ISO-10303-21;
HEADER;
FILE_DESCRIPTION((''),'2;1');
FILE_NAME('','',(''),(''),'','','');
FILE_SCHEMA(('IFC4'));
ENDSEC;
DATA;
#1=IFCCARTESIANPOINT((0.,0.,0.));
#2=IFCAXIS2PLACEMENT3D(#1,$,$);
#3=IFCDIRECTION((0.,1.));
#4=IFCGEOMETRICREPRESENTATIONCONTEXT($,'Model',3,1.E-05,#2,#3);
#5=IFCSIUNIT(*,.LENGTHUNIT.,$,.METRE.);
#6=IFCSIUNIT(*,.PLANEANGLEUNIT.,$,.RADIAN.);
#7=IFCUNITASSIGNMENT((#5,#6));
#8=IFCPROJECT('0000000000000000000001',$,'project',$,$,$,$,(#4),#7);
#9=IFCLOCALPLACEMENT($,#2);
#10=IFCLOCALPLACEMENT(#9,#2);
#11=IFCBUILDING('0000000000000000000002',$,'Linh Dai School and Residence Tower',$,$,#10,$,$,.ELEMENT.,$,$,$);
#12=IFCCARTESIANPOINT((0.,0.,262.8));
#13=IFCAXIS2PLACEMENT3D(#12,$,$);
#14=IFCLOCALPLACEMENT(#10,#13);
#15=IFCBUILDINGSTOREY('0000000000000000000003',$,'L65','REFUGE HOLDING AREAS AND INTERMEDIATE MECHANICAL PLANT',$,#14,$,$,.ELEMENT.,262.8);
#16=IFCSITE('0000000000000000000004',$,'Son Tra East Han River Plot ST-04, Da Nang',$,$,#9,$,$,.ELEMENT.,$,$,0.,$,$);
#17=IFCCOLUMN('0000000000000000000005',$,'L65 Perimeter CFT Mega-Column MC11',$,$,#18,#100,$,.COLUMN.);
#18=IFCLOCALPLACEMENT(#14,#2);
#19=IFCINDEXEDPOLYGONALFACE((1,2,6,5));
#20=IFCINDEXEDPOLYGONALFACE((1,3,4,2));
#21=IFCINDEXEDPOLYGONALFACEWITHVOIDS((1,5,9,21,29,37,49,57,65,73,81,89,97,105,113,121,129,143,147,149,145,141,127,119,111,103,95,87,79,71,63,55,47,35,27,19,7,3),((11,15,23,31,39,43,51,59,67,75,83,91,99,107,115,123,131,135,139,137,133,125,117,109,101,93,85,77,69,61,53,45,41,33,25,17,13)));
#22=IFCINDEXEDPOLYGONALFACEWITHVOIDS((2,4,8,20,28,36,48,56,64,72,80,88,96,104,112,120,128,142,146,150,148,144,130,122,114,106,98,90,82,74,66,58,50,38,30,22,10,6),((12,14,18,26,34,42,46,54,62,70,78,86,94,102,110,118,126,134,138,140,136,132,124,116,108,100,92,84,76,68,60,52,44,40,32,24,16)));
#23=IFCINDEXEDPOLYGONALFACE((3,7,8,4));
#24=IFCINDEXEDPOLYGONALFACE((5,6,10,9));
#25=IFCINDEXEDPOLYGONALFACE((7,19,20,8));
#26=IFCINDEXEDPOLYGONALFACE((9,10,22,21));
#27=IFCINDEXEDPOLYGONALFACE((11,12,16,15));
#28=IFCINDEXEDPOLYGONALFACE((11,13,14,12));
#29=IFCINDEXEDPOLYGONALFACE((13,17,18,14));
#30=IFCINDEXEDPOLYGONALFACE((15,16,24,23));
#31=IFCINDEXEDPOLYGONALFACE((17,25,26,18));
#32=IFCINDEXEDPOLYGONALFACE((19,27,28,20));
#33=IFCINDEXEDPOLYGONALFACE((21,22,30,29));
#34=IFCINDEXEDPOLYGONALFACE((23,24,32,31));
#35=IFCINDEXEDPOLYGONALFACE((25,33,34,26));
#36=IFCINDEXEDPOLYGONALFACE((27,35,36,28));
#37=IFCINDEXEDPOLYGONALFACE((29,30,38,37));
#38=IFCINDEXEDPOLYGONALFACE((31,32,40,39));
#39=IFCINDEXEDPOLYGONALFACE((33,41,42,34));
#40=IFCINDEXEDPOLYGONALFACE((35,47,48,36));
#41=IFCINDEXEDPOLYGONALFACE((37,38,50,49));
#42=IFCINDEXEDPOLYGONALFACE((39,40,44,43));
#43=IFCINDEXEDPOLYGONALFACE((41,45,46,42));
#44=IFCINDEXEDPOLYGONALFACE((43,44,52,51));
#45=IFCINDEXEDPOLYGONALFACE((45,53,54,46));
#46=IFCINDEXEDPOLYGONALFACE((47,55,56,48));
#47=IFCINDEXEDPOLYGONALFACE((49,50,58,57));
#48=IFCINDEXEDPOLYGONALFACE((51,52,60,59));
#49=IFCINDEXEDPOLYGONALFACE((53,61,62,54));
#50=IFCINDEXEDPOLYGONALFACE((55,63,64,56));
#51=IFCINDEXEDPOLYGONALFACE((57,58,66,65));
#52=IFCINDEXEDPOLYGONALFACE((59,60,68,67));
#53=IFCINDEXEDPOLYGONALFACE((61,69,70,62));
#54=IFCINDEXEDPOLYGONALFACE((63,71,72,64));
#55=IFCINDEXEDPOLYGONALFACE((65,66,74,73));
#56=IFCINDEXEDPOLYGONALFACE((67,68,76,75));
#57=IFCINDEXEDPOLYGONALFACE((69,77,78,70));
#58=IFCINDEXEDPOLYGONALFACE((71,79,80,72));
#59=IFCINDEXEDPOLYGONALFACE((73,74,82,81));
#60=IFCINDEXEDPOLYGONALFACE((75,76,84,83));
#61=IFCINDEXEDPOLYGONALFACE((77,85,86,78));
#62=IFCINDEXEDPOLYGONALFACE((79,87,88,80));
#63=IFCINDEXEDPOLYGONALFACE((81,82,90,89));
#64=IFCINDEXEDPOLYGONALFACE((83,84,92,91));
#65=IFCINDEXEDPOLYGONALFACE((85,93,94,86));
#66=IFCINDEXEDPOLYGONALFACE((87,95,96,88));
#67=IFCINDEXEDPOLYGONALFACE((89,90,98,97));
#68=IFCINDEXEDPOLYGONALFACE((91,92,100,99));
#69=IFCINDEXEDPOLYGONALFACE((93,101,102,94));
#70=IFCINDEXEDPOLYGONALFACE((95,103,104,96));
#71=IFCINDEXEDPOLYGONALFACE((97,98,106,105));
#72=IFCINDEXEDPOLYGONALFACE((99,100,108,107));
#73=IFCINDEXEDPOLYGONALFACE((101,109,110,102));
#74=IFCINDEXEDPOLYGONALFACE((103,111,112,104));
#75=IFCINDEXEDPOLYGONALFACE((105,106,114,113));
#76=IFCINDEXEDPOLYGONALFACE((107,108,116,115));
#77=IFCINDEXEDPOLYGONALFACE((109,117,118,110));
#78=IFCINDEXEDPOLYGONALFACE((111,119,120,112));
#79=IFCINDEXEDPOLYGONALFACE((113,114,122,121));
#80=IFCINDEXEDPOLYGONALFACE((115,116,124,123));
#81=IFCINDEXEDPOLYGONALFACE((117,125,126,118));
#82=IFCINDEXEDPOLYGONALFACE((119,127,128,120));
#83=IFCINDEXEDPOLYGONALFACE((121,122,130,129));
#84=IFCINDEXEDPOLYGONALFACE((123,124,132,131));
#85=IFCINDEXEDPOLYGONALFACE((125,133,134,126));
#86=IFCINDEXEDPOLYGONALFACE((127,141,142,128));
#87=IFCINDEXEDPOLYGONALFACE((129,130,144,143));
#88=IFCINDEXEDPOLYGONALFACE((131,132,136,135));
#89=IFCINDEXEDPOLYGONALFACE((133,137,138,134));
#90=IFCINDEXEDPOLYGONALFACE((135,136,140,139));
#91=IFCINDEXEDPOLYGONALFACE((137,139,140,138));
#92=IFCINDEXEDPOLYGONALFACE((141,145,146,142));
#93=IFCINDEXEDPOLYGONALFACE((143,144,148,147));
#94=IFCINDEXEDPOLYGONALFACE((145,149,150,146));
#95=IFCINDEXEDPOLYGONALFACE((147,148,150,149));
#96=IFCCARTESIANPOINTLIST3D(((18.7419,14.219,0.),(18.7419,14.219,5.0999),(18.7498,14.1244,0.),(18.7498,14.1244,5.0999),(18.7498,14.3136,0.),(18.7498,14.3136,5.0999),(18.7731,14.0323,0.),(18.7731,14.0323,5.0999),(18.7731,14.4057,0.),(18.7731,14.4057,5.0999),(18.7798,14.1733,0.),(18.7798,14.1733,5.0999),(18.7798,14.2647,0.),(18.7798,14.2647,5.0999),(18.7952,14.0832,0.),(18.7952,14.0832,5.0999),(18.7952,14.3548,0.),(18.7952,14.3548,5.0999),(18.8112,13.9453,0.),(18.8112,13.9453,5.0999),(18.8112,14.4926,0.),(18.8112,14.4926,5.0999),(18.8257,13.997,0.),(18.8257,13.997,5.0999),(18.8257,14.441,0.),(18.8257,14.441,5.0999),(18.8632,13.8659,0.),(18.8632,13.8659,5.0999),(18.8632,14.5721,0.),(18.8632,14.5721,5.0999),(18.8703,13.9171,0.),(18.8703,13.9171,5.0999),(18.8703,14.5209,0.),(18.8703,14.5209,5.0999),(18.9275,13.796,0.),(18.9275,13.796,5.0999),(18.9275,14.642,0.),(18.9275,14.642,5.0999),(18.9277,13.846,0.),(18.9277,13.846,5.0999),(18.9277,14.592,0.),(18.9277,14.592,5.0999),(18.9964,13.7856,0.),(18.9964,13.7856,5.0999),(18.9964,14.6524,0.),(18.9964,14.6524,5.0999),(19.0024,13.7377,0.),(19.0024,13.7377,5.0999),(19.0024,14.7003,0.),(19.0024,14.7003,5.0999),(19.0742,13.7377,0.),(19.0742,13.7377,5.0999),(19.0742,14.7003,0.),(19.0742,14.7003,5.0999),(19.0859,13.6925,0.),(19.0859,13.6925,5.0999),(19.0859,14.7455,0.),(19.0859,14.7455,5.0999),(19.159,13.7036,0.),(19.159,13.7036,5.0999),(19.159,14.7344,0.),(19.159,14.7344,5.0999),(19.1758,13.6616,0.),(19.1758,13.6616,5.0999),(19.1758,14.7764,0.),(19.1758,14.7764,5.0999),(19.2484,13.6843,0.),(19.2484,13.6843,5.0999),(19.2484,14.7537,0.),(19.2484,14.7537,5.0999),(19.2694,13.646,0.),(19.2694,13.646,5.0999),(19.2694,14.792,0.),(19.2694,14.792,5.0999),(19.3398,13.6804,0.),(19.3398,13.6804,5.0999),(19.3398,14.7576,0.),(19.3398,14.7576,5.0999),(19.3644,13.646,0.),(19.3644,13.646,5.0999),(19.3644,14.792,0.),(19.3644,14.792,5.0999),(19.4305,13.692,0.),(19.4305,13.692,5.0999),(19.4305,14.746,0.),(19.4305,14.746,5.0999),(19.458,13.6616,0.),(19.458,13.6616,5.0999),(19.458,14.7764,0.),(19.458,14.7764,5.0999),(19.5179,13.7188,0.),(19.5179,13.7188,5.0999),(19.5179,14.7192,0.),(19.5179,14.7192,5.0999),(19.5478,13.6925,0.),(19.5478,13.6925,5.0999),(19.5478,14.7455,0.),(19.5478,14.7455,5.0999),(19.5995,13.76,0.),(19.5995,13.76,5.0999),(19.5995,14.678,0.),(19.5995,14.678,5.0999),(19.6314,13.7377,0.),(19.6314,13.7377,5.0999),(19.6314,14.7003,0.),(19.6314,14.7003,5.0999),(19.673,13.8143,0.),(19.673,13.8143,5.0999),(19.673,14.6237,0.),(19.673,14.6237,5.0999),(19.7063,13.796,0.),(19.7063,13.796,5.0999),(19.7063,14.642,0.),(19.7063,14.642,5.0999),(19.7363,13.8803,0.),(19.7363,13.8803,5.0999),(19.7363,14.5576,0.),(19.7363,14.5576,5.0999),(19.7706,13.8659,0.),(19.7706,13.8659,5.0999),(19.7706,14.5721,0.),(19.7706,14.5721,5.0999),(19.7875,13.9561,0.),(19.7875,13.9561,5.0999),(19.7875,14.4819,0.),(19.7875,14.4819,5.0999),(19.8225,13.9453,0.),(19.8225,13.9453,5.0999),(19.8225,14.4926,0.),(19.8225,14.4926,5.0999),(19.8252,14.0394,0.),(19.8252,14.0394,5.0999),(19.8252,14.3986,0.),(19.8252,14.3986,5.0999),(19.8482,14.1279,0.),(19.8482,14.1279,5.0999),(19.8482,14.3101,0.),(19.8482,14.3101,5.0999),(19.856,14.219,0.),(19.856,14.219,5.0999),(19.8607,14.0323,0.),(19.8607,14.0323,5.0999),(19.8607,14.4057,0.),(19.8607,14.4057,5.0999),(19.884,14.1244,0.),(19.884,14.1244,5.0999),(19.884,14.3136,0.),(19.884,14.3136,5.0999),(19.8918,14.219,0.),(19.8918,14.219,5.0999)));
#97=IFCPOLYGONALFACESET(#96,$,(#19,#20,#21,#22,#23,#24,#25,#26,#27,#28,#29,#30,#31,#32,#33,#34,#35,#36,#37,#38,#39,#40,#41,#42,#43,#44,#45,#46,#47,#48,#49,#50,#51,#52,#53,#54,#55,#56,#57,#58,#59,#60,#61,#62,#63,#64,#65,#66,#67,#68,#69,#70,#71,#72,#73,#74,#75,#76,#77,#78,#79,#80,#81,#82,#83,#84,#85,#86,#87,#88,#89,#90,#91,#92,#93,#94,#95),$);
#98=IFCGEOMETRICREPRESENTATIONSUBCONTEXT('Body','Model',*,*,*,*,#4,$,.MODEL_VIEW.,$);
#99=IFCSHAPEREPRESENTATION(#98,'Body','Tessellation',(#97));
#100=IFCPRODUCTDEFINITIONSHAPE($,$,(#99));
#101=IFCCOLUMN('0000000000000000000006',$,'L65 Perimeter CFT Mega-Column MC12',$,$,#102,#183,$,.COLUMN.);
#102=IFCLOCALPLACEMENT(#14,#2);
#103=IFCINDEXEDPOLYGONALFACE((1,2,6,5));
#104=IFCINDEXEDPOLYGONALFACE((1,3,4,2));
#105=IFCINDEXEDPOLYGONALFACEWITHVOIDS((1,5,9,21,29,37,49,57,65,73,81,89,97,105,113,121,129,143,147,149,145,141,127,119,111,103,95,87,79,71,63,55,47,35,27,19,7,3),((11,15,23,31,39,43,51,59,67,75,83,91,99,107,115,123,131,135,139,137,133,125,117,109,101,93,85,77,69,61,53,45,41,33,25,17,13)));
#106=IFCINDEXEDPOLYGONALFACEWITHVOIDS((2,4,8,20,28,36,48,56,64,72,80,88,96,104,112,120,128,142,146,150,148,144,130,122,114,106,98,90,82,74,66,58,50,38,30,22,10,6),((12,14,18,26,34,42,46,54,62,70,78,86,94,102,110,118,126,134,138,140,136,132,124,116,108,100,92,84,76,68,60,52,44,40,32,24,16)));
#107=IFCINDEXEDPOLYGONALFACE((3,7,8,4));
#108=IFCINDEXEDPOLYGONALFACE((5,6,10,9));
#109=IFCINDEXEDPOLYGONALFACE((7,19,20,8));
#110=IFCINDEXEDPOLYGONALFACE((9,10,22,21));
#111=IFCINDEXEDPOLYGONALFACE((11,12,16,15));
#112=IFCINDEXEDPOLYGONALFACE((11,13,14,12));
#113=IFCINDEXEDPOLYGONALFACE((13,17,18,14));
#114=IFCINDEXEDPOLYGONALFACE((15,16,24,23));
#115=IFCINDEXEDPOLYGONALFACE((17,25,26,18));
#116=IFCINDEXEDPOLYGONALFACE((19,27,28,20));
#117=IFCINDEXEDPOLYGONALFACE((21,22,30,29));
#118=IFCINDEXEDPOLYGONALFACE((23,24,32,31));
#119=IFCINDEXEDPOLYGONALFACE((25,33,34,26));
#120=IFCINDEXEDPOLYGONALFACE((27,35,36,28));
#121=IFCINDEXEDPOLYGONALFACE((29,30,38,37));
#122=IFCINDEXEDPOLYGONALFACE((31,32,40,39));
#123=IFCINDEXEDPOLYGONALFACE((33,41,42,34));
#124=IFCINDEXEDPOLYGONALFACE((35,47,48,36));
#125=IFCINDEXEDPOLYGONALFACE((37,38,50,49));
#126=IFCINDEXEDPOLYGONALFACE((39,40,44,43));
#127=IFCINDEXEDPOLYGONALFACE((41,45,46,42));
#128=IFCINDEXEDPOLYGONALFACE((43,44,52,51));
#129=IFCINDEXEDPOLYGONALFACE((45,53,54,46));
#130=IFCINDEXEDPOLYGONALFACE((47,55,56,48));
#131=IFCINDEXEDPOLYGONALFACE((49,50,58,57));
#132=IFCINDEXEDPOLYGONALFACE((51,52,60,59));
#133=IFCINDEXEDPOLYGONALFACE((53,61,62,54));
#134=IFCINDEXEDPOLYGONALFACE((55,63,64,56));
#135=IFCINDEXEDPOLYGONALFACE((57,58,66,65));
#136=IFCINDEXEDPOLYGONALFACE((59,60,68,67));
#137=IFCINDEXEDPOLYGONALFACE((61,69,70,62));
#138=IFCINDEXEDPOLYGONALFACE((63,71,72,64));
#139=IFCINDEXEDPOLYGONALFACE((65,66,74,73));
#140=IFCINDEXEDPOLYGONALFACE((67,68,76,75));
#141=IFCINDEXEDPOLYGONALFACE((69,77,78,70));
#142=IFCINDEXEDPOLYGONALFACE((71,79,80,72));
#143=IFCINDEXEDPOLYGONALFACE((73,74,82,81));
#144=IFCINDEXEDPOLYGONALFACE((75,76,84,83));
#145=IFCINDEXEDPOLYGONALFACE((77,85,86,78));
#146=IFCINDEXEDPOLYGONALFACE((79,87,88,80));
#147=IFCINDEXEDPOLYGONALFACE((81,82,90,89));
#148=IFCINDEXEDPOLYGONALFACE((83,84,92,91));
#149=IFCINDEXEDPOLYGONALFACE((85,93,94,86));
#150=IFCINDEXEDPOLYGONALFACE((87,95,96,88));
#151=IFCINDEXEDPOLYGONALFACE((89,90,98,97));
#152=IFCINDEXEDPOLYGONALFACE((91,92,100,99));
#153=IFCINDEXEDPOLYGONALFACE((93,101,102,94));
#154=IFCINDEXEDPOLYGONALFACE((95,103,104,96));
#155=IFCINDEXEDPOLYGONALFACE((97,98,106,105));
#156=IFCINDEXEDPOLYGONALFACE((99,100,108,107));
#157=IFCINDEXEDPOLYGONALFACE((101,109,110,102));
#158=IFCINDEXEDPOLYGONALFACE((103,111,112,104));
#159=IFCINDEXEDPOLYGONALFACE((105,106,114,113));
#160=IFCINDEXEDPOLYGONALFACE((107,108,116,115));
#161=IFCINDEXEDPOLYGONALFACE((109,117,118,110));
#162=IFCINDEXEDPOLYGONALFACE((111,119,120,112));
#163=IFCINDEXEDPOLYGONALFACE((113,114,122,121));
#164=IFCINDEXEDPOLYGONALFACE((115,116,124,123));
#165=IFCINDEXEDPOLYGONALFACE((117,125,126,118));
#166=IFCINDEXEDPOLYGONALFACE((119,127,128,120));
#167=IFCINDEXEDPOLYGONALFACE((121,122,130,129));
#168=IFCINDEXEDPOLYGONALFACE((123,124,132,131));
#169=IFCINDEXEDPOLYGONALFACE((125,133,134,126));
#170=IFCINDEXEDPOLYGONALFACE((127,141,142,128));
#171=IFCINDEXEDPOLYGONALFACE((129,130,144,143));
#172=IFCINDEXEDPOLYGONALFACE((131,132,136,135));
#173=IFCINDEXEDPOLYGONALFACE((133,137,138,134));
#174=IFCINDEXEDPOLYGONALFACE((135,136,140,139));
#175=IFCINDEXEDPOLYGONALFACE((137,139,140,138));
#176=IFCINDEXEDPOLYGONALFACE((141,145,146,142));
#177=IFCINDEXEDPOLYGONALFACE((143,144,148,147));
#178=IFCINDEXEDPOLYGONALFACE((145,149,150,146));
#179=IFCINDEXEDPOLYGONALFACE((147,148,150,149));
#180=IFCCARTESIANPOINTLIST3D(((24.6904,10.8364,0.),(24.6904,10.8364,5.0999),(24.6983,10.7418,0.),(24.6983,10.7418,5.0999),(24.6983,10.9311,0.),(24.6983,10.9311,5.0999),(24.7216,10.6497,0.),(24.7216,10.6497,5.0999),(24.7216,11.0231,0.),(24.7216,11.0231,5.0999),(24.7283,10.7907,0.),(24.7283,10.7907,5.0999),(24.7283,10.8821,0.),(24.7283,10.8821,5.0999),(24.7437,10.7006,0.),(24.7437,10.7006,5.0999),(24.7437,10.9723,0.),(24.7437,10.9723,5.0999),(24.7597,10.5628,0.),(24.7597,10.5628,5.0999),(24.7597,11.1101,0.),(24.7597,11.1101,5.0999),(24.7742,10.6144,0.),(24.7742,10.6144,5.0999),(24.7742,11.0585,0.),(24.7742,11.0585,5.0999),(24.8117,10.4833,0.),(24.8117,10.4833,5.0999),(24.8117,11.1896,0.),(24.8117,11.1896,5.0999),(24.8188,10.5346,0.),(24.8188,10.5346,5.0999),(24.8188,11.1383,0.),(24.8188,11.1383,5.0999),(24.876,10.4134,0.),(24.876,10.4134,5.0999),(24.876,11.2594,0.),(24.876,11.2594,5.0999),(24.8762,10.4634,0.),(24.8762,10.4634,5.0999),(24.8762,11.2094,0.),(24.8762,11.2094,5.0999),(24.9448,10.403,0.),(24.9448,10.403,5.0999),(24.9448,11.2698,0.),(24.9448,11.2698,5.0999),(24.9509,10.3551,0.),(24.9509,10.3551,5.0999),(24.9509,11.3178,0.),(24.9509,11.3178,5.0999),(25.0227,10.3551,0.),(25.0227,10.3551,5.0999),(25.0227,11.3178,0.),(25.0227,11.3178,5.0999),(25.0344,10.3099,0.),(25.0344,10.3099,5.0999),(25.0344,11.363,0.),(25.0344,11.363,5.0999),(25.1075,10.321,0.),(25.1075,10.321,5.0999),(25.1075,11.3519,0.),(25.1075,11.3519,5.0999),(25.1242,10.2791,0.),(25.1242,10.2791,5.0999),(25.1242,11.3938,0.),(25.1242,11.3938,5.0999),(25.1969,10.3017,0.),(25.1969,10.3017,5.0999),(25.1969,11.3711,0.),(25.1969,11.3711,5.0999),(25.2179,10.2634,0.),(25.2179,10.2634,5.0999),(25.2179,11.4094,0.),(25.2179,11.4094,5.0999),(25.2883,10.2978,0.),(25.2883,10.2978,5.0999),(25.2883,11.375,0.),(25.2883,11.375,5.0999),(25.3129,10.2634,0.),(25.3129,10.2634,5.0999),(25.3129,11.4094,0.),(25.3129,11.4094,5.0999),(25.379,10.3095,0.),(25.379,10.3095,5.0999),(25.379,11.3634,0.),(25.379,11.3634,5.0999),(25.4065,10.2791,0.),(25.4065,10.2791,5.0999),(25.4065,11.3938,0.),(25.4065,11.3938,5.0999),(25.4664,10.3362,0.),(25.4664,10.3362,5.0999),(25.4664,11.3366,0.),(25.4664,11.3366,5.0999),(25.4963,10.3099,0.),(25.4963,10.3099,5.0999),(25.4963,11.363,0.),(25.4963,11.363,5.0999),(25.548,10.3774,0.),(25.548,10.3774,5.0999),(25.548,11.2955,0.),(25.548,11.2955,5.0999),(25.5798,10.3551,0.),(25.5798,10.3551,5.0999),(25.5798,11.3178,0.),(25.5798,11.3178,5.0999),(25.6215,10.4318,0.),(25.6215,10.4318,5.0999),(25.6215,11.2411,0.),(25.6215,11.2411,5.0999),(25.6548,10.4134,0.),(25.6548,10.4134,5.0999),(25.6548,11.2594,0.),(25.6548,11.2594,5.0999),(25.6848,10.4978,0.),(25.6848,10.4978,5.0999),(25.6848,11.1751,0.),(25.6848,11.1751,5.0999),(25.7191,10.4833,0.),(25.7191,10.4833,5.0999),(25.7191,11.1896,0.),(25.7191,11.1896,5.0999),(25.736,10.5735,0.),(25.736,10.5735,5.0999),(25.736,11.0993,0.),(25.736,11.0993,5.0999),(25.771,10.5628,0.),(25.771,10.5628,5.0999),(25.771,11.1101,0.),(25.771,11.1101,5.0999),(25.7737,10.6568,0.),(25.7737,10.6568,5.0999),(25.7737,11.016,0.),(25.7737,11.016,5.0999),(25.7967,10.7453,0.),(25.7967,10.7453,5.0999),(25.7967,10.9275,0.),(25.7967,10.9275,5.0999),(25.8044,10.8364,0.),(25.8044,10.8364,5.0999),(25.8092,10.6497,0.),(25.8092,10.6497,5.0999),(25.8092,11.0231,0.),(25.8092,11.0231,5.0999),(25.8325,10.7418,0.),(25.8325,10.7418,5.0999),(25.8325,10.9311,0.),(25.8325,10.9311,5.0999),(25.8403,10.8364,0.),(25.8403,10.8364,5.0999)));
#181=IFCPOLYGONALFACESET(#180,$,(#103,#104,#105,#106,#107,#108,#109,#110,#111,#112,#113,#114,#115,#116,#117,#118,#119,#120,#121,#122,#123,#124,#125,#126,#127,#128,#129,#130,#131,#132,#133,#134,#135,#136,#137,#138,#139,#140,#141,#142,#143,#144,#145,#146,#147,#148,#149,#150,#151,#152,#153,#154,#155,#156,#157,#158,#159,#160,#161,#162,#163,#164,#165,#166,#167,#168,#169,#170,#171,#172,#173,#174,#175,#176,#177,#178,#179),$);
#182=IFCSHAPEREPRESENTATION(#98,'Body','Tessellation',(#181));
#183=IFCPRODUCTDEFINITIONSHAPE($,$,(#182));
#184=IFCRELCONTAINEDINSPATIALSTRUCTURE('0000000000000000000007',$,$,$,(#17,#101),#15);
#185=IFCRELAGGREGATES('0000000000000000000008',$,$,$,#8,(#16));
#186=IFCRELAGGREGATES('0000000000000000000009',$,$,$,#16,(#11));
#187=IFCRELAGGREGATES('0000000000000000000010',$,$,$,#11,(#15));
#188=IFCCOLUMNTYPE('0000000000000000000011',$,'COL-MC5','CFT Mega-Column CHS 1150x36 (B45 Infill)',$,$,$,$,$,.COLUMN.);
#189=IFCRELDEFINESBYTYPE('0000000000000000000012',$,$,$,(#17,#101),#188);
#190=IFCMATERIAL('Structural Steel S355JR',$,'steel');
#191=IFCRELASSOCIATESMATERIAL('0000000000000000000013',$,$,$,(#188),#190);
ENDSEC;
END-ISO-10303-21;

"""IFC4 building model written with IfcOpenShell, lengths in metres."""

from ifc_helpers import new_model, si_unit, direction, frame, origin, origin_2d, place, context, subcontext, project, spatial, hollow_circle, extrude, material, material_profile, profile_set, type_object, element, save


model = new_model("IFC4")

# Units and contexts
model_context = context("Model", 3, precision=1e-05, world=origin(), true_north=direction((0.0, 1.0)))
body_context = subcontext(model_context, "Body", "Model", "MODEL_VIEW")
ifc_project = project(units=[si_unit("LENGTHUNIT", "METRE"), si_unit("PLANEANGLEUNIT", "RADIAN")], contexts=[model_context])

# Site, building, storey
site_placement = place(None, origin())
site = spatial("IfcSite", under=ifc_project, at=site_placement, Name="Son Tra East Han River Plot ST-04, Da Nang", CompositionType="ELEMENT", RefElevation=0.0)
building_placement = place(site_placement, origin())
building = spatial("IfcBuilding", under=site, at=building_placement, Name="Linh Dai School and Residence Tower", CompositionType="ELEMENT")
storey_placement = place(building_placement, frame((0.0, 0.0, 262.8)))
storey = spatial("IfcBuildingStorey", under=building, at=storey_placement, Name="L65", Description="REFUGE HOLDING AREAS AND INTERMEDIATE MECHANICAL PLANT", CompositionType="ELEMENT", Elevation=262.8)

# Columns
ifc_material_1 = material(Name="Structural Steel S355JR", Category="steel")
ifc_material_profile_1 = material_profile(ifc_material_1, hollow_circle(Radius=0.575, WallThickness=0.0359, at=origin_2d()), Name="CHS 1150x36")
ifc_profile_set_1 = profile_set([ifc_material_profile_1], Name="Structural Steel S355JR")
column_type = type_object("IfcColumnType", Name="COL-MC5", Description="CFT Mega-Column CHS 1150x36 (B45 Infill)", PredefinedType="COLUMN", material=ifc_profile_set_1)
for number, where, z_axis, x_axis, name in (
    (1, (19.3169, 14.219, 0.0), (0.0, 0.0, 1.0), (1.0, 0.0, 0.0), "L65 Perimeter CFT Mega-Column MC11"),
    (2, (25.2654, 10.8364, 0.0), (0.0, 0.0, 1.0), (1.0, 0.0, 0.0), "L65 Perimeter CFT Mega-Column MC12"),
):
    element("IfcColumn", number, at=place(storey_placement, frame(where, z_axis=z_axis, x_axis=x_axis)), inside=storey, type_object=column_type, Name=name, PredefinedType="COLUMN", context=body_context, shape_type="SweptSolid", body=[
        extrude(hollow_circle(Radius=0.575, WallThickness=0.0359, at=origin_2d()), origin(), (0.0, 0.0, 1.0), 5.0999),
    ])

save(model, "model.ifc")
